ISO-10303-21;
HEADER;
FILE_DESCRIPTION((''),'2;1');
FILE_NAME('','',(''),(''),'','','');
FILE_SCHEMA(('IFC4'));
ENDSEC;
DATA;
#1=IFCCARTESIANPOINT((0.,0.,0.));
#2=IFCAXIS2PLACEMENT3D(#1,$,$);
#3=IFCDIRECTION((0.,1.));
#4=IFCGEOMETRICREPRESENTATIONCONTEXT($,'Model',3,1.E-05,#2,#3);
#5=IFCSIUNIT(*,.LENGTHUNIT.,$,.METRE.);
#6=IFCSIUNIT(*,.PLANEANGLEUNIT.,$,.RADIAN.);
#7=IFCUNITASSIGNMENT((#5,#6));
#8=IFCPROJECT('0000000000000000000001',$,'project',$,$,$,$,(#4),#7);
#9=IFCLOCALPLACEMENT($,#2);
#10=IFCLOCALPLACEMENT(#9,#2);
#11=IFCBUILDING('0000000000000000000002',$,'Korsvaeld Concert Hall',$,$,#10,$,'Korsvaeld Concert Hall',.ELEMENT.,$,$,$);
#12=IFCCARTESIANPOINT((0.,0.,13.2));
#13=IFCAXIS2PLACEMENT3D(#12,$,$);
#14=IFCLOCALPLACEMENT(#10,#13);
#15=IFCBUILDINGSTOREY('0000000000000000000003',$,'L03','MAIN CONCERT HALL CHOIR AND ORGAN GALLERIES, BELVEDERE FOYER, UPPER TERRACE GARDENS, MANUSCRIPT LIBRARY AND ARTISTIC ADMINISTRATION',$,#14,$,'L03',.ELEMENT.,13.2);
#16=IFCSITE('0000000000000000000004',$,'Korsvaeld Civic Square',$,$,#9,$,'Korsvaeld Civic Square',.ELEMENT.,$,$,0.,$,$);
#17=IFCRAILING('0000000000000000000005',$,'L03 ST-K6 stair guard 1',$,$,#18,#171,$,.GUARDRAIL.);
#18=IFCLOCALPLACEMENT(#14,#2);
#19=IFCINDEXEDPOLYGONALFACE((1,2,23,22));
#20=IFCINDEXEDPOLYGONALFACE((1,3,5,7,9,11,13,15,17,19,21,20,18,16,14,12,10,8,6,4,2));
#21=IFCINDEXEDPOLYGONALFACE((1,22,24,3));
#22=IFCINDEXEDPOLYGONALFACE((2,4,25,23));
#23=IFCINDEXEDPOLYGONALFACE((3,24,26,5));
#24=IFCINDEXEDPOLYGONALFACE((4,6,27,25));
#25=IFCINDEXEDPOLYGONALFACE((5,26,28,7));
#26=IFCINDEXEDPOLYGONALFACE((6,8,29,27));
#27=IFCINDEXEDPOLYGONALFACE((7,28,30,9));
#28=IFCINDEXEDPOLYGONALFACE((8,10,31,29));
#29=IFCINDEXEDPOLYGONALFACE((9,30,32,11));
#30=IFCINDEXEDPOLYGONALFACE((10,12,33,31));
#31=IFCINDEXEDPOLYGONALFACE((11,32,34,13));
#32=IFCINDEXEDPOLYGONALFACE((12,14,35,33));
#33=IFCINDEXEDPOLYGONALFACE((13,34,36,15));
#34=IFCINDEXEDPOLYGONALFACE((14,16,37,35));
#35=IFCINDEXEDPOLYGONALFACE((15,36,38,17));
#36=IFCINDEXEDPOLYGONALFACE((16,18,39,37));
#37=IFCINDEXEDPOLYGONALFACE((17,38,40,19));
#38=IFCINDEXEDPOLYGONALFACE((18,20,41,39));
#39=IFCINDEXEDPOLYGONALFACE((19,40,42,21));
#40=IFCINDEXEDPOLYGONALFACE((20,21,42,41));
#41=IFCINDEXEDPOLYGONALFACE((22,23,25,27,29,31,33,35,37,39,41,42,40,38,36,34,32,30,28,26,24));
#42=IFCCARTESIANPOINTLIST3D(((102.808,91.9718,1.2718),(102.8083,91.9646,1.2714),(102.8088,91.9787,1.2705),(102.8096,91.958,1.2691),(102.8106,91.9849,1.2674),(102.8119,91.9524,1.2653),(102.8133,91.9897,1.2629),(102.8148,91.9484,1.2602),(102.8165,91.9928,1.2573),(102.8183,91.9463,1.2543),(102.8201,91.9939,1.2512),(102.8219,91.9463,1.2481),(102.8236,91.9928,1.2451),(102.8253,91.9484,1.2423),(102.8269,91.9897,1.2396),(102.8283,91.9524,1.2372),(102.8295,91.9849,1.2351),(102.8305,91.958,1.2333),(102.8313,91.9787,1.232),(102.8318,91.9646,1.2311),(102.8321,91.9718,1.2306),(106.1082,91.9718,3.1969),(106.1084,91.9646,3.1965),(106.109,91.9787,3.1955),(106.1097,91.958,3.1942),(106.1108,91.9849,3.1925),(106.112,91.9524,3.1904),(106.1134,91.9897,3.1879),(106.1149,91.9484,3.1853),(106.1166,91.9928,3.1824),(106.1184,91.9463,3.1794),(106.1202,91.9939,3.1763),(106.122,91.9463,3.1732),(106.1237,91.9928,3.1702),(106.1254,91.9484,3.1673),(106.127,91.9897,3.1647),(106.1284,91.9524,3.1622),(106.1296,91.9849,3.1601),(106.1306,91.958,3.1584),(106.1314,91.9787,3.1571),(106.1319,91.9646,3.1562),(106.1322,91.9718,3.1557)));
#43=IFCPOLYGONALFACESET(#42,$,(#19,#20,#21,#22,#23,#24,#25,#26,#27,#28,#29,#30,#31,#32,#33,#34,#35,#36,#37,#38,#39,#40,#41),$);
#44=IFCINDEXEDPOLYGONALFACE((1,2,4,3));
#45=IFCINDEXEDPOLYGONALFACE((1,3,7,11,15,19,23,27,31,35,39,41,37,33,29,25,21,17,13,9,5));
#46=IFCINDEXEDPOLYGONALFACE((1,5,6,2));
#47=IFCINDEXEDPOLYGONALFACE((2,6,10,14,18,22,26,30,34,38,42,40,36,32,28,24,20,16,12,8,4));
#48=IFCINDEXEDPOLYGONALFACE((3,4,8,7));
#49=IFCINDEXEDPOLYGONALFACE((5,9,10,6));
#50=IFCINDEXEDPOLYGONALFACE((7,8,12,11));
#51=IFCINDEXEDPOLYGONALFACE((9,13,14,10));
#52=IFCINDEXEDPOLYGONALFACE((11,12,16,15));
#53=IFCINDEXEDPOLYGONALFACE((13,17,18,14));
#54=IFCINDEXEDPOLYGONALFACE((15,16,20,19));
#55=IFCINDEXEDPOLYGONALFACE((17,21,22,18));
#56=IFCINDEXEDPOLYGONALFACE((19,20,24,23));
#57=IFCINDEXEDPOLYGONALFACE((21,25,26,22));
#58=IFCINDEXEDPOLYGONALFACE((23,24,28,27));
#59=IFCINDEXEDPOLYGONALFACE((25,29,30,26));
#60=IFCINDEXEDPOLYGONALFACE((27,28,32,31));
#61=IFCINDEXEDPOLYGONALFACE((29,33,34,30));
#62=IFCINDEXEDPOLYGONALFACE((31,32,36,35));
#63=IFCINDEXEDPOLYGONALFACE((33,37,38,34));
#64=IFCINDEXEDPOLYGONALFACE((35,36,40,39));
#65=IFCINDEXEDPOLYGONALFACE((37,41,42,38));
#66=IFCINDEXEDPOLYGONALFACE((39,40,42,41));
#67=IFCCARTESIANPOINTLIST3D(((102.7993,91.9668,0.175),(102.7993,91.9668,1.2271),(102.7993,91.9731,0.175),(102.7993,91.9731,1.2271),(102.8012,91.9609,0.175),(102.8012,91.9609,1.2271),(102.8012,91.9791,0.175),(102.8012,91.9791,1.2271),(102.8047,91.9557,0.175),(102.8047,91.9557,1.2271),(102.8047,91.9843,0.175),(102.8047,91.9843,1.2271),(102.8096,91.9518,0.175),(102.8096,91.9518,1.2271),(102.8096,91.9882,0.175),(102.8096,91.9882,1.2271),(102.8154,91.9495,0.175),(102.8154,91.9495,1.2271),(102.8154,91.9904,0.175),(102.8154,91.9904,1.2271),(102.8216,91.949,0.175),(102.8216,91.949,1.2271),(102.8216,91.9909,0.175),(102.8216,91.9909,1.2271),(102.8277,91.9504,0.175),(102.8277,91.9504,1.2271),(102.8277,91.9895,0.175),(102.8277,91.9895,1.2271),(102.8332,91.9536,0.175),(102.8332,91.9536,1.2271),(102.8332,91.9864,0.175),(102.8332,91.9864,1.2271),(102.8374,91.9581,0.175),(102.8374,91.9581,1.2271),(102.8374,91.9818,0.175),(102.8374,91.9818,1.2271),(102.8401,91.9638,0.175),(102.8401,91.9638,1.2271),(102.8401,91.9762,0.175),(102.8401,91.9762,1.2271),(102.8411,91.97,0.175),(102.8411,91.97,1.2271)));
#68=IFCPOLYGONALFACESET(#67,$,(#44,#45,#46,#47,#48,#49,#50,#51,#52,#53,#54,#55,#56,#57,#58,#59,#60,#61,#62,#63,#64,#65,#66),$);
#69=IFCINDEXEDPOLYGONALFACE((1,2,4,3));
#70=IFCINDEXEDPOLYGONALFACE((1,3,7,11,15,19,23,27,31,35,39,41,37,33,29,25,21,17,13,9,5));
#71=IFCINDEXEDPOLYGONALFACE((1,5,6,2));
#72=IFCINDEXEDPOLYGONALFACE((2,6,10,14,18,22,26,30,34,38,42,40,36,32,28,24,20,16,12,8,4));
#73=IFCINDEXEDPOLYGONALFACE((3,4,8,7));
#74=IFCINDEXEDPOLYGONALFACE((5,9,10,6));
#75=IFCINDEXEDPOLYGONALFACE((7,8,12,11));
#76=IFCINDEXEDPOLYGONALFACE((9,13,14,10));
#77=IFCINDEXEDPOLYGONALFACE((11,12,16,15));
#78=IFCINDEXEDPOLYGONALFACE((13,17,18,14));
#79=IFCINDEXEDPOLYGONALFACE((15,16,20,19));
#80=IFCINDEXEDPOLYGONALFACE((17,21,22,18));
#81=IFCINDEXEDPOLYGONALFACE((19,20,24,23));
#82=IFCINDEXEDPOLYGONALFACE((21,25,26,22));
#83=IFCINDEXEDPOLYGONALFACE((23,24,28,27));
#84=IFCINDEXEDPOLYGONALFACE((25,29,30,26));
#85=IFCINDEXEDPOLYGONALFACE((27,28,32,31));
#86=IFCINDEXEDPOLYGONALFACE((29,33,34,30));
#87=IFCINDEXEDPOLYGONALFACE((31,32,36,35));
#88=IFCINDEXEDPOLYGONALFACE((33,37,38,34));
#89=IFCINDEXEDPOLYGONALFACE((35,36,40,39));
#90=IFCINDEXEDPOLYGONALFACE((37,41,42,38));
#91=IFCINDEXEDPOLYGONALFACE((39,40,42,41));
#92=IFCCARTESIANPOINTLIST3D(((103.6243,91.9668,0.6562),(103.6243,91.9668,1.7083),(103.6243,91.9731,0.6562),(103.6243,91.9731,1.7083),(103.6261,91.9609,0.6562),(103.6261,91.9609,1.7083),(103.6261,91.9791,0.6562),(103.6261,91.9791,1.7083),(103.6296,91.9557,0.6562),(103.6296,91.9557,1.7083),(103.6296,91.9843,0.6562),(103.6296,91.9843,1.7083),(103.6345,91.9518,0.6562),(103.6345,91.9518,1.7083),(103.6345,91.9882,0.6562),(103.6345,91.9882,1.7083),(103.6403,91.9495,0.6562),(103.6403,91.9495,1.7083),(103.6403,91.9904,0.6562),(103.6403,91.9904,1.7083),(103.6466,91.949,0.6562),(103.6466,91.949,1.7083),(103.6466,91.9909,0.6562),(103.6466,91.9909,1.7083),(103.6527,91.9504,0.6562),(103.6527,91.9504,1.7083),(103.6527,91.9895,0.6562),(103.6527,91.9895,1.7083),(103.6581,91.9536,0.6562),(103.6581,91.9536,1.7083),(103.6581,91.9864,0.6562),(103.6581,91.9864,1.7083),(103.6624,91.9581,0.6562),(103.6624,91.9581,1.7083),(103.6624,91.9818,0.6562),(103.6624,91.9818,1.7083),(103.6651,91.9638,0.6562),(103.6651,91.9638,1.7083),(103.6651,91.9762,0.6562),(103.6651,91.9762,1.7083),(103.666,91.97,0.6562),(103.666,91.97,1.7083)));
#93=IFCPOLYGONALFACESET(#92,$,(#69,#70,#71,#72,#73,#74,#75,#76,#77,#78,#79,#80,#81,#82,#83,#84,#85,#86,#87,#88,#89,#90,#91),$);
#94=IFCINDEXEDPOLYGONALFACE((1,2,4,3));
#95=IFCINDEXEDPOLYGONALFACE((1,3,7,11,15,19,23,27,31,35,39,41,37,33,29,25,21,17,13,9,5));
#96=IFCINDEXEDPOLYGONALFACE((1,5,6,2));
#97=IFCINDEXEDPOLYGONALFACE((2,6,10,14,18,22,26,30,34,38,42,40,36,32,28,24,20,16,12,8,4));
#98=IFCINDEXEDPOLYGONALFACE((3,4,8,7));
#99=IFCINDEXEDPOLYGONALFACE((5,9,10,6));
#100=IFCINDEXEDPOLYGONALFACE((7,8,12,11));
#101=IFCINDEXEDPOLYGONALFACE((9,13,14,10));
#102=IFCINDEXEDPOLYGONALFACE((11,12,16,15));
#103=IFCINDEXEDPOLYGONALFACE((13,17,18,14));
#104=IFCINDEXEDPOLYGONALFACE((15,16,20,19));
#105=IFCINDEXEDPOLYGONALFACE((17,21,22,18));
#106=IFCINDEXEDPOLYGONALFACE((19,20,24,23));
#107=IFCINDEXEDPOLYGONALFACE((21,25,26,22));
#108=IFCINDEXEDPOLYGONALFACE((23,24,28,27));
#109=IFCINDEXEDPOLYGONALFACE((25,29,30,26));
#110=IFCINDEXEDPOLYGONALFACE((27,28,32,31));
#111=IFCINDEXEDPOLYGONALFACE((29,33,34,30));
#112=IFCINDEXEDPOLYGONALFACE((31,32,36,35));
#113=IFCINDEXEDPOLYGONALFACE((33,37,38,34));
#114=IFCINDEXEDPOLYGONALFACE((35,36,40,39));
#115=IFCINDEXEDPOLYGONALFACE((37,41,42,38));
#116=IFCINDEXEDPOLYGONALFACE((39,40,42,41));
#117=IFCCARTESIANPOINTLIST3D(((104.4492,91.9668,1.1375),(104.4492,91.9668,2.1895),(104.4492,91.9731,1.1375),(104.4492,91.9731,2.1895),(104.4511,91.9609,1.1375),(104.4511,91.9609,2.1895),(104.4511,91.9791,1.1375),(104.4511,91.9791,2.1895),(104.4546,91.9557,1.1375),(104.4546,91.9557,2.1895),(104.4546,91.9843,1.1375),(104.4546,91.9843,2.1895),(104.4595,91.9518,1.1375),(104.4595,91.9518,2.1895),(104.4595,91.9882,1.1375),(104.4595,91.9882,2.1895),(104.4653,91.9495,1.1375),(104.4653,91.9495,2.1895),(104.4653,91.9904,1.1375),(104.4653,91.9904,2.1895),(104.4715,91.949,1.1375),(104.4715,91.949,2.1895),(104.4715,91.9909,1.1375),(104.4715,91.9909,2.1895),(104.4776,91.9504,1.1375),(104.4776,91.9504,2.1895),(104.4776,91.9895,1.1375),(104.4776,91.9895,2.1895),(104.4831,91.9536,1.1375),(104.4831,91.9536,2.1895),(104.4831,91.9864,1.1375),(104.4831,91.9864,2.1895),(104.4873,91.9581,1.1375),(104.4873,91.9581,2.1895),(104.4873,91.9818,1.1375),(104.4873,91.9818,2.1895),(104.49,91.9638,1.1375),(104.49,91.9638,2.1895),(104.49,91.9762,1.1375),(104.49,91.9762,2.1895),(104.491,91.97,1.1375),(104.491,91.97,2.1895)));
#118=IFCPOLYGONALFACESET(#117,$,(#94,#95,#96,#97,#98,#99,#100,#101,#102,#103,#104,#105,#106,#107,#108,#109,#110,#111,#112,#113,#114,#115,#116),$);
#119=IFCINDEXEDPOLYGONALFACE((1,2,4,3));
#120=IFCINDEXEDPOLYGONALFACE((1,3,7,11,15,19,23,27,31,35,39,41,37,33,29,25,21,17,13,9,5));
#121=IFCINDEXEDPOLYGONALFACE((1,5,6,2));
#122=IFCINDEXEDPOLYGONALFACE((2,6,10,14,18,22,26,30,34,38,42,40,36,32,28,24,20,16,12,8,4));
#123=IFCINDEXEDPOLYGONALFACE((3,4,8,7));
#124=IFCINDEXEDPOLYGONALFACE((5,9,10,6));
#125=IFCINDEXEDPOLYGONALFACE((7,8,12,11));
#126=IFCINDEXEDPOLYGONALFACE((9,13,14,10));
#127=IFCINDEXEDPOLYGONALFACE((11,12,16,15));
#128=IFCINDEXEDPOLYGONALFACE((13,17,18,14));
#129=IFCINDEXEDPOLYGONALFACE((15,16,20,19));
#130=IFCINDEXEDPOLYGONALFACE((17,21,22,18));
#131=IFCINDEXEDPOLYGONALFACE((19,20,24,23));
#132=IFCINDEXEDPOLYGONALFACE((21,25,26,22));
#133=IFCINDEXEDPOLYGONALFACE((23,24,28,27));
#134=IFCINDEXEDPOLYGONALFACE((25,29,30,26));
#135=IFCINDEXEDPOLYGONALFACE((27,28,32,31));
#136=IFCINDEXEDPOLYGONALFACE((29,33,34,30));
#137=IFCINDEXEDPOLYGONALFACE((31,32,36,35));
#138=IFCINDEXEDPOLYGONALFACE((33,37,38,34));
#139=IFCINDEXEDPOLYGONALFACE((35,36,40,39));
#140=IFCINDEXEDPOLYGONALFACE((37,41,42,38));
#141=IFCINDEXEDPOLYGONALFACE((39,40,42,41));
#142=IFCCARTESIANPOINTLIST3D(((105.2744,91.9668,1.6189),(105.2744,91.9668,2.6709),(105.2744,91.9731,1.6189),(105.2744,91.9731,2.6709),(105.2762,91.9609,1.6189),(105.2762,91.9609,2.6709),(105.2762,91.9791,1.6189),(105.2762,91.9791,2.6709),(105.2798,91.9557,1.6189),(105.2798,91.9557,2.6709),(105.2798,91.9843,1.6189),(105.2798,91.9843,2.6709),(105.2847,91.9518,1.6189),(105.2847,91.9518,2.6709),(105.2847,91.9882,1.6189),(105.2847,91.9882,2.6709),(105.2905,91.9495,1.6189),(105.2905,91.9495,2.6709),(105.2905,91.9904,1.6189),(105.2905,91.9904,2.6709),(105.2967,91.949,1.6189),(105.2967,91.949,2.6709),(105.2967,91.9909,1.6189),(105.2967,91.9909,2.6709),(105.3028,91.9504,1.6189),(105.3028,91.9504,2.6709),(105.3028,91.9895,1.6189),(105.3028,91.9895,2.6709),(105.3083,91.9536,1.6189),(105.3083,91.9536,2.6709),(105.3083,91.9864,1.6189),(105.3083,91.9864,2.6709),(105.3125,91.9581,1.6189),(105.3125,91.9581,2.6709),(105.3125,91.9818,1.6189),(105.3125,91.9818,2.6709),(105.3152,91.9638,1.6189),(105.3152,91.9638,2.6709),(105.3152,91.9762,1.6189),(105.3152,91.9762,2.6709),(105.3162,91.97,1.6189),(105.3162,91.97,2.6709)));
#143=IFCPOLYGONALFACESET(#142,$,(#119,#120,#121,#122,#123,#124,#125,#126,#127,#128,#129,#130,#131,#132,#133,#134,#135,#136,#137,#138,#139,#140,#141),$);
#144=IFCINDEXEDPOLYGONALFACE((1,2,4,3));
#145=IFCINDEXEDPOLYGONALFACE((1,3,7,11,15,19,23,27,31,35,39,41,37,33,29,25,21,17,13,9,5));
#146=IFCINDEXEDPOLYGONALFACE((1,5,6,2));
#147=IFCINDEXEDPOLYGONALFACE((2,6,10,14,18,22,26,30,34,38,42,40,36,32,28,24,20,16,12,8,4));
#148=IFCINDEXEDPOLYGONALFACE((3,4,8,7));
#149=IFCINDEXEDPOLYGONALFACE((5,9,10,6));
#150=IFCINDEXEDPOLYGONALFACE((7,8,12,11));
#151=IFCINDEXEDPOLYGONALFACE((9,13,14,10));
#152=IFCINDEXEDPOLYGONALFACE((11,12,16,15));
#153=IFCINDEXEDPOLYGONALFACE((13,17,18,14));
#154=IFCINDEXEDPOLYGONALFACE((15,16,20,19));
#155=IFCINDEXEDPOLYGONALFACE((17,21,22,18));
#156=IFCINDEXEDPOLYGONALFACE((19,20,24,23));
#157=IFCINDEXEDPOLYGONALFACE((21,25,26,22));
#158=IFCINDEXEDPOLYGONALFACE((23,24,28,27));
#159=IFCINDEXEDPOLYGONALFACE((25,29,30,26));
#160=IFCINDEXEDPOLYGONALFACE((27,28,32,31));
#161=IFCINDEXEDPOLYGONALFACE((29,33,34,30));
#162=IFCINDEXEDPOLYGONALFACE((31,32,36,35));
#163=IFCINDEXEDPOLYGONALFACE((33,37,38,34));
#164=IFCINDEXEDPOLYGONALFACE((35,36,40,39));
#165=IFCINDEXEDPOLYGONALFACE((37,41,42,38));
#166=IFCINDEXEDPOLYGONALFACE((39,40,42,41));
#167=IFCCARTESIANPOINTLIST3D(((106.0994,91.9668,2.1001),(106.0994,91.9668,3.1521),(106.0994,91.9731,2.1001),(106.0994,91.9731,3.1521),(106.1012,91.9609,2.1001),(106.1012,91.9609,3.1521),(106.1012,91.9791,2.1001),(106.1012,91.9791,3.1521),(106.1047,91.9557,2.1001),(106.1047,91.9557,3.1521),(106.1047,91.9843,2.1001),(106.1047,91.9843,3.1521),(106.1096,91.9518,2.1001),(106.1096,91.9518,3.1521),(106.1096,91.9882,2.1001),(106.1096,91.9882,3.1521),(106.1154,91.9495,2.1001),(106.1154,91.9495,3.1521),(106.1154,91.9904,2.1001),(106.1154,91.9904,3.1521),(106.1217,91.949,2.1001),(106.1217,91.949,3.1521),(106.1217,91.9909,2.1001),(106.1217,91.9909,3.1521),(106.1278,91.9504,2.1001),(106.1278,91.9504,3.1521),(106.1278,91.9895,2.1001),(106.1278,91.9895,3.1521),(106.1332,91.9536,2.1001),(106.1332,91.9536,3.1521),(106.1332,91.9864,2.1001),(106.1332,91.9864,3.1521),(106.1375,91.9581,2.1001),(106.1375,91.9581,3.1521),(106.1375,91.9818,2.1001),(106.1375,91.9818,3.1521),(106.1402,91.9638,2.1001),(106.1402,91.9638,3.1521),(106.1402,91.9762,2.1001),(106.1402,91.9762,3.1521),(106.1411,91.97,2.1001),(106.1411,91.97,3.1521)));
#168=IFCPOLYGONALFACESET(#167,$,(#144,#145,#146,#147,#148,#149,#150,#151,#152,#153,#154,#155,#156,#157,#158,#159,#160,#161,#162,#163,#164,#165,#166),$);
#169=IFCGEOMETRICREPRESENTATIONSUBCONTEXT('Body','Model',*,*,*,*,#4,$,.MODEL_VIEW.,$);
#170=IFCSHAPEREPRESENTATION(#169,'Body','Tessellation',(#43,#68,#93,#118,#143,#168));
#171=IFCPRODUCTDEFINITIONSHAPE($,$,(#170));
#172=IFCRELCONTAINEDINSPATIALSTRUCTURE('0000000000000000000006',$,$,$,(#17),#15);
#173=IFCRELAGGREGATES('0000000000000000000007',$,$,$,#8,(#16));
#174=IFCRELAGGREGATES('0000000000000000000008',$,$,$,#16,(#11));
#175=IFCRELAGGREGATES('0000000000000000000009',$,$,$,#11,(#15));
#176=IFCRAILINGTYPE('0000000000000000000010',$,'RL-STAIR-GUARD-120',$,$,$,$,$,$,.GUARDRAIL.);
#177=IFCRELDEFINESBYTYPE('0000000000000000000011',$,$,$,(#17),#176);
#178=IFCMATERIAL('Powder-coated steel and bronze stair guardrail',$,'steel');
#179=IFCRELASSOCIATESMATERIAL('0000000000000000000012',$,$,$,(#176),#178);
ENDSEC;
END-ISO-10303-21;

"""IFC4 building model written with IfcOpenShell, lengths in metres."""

from ifc_helpers import new_model, si_unit, direction, frame, origin, origin_2d, place, context, subcontext, project, spatial, circle, extrude, material, type_object, element, save


model = new_model("IFC4")

# Units and contexts
model_context = context("Model", 3, precision=1e-05, world=origin(), true_north=direction((0.0, 1.0)))
body_context = subcontext(model_context, "Body", "Model", "MODEL_VIEW")
ifc_project = project(units=[si_unit("LENGTHUNIT", "METRE"), si_unit("PLANEANGLEUNIT", "RADIAN")], contexts=[model_context])

# Site, building, storey
site_placement = place(None, origin())
site = spatial("IfcSite", under=ifc_project, at=site_placement, Name="Korsvaeld Civic Square", LongName="Korsvaeld Civic Square", CompositionType="ELEMENT", RefElevation=0.0)
building_placement = place(site_placement, origin())
building = spatial("IfcBuilding", under=site, at=building_placement, Name="Korsvaeld Concert Hall", LongName="Korsvaeld Concert Hall", CompositionType="ELEMENT")
storey_placement = place(building_placement, frame((0.0, 0.0, 13.2)))
storey = spatial("IfcBuildingStorey", under=building, at=storey_placement, Name="L03", Description="MAIN CONCERT HALL CHOIR AND ORGAN GALLERIES, BELVEDERE FOYER, UPPER TERRACE GARDENS, MANUSCRIPT LIBRARY AND ARTISTIC ADMINISTRATION", LongName="L03", CompositionType="ELEMENT", Elevation=13.2)

# Railing
ifc_material_1 = material(Name="Powder-coated steel and bronze stair guardrail", Category="steel")
railing_type_1 = type_object("IfcRailingType", Name="RL-STAIR-GUARD-120", PredefinedType="GUARDRAIL", material=ifc_material_1)
railing_1_placement = place(storey_placement, frame((102.8201, 91.97, 0.175)))
element("IfcRailing", 1, at=railing_1_placement, inside=storey, type_object=railing_type_1, Name="L03 ST-K6 stair guard 1", PredefinedType="GUARDRAIL", context=body_context, shape_type="SweptSolid", body=[
    extrude(circle(Radius=0.0239, at=origin_2d()), frame((0.0, 0.0, 1.0762), z_axis=(0.863777, 0.0, 0.503875), x_axis=(0.0, 1.0, 0.0)), (0.0, 0.0, 1.0), 3.8206),
    extrude(circle(Radius=0.021, at=origin_2d()), origin(), (0.0, 0.0, 1.0), 1.052),
    extrude(circle(Radius=0.021, at=origin_2d()), frame((0.825, 0.0, 0.4812)), (0.0, 0.0, 1.0), 1.052),
    extrude(circle(Radius=0.021, at=origin_2d()), frame((1.6499, 0.0, 0.9624)), (0.0, 0.0, 1.0), 1.052),
    extrude(circle(Radius=0.021, at=origin_2d()), frame((2.4751, 0.0, 1.4438)), (0.0, 0.0, 1.0), 1.052),
    extrude(circle(Radius=0.021, at=origin_2d()), frame((3.3, 0.0, 1.925)), (0.0, 0.0, 1.0), 1.052),
])

save(model, "model.ifc")
